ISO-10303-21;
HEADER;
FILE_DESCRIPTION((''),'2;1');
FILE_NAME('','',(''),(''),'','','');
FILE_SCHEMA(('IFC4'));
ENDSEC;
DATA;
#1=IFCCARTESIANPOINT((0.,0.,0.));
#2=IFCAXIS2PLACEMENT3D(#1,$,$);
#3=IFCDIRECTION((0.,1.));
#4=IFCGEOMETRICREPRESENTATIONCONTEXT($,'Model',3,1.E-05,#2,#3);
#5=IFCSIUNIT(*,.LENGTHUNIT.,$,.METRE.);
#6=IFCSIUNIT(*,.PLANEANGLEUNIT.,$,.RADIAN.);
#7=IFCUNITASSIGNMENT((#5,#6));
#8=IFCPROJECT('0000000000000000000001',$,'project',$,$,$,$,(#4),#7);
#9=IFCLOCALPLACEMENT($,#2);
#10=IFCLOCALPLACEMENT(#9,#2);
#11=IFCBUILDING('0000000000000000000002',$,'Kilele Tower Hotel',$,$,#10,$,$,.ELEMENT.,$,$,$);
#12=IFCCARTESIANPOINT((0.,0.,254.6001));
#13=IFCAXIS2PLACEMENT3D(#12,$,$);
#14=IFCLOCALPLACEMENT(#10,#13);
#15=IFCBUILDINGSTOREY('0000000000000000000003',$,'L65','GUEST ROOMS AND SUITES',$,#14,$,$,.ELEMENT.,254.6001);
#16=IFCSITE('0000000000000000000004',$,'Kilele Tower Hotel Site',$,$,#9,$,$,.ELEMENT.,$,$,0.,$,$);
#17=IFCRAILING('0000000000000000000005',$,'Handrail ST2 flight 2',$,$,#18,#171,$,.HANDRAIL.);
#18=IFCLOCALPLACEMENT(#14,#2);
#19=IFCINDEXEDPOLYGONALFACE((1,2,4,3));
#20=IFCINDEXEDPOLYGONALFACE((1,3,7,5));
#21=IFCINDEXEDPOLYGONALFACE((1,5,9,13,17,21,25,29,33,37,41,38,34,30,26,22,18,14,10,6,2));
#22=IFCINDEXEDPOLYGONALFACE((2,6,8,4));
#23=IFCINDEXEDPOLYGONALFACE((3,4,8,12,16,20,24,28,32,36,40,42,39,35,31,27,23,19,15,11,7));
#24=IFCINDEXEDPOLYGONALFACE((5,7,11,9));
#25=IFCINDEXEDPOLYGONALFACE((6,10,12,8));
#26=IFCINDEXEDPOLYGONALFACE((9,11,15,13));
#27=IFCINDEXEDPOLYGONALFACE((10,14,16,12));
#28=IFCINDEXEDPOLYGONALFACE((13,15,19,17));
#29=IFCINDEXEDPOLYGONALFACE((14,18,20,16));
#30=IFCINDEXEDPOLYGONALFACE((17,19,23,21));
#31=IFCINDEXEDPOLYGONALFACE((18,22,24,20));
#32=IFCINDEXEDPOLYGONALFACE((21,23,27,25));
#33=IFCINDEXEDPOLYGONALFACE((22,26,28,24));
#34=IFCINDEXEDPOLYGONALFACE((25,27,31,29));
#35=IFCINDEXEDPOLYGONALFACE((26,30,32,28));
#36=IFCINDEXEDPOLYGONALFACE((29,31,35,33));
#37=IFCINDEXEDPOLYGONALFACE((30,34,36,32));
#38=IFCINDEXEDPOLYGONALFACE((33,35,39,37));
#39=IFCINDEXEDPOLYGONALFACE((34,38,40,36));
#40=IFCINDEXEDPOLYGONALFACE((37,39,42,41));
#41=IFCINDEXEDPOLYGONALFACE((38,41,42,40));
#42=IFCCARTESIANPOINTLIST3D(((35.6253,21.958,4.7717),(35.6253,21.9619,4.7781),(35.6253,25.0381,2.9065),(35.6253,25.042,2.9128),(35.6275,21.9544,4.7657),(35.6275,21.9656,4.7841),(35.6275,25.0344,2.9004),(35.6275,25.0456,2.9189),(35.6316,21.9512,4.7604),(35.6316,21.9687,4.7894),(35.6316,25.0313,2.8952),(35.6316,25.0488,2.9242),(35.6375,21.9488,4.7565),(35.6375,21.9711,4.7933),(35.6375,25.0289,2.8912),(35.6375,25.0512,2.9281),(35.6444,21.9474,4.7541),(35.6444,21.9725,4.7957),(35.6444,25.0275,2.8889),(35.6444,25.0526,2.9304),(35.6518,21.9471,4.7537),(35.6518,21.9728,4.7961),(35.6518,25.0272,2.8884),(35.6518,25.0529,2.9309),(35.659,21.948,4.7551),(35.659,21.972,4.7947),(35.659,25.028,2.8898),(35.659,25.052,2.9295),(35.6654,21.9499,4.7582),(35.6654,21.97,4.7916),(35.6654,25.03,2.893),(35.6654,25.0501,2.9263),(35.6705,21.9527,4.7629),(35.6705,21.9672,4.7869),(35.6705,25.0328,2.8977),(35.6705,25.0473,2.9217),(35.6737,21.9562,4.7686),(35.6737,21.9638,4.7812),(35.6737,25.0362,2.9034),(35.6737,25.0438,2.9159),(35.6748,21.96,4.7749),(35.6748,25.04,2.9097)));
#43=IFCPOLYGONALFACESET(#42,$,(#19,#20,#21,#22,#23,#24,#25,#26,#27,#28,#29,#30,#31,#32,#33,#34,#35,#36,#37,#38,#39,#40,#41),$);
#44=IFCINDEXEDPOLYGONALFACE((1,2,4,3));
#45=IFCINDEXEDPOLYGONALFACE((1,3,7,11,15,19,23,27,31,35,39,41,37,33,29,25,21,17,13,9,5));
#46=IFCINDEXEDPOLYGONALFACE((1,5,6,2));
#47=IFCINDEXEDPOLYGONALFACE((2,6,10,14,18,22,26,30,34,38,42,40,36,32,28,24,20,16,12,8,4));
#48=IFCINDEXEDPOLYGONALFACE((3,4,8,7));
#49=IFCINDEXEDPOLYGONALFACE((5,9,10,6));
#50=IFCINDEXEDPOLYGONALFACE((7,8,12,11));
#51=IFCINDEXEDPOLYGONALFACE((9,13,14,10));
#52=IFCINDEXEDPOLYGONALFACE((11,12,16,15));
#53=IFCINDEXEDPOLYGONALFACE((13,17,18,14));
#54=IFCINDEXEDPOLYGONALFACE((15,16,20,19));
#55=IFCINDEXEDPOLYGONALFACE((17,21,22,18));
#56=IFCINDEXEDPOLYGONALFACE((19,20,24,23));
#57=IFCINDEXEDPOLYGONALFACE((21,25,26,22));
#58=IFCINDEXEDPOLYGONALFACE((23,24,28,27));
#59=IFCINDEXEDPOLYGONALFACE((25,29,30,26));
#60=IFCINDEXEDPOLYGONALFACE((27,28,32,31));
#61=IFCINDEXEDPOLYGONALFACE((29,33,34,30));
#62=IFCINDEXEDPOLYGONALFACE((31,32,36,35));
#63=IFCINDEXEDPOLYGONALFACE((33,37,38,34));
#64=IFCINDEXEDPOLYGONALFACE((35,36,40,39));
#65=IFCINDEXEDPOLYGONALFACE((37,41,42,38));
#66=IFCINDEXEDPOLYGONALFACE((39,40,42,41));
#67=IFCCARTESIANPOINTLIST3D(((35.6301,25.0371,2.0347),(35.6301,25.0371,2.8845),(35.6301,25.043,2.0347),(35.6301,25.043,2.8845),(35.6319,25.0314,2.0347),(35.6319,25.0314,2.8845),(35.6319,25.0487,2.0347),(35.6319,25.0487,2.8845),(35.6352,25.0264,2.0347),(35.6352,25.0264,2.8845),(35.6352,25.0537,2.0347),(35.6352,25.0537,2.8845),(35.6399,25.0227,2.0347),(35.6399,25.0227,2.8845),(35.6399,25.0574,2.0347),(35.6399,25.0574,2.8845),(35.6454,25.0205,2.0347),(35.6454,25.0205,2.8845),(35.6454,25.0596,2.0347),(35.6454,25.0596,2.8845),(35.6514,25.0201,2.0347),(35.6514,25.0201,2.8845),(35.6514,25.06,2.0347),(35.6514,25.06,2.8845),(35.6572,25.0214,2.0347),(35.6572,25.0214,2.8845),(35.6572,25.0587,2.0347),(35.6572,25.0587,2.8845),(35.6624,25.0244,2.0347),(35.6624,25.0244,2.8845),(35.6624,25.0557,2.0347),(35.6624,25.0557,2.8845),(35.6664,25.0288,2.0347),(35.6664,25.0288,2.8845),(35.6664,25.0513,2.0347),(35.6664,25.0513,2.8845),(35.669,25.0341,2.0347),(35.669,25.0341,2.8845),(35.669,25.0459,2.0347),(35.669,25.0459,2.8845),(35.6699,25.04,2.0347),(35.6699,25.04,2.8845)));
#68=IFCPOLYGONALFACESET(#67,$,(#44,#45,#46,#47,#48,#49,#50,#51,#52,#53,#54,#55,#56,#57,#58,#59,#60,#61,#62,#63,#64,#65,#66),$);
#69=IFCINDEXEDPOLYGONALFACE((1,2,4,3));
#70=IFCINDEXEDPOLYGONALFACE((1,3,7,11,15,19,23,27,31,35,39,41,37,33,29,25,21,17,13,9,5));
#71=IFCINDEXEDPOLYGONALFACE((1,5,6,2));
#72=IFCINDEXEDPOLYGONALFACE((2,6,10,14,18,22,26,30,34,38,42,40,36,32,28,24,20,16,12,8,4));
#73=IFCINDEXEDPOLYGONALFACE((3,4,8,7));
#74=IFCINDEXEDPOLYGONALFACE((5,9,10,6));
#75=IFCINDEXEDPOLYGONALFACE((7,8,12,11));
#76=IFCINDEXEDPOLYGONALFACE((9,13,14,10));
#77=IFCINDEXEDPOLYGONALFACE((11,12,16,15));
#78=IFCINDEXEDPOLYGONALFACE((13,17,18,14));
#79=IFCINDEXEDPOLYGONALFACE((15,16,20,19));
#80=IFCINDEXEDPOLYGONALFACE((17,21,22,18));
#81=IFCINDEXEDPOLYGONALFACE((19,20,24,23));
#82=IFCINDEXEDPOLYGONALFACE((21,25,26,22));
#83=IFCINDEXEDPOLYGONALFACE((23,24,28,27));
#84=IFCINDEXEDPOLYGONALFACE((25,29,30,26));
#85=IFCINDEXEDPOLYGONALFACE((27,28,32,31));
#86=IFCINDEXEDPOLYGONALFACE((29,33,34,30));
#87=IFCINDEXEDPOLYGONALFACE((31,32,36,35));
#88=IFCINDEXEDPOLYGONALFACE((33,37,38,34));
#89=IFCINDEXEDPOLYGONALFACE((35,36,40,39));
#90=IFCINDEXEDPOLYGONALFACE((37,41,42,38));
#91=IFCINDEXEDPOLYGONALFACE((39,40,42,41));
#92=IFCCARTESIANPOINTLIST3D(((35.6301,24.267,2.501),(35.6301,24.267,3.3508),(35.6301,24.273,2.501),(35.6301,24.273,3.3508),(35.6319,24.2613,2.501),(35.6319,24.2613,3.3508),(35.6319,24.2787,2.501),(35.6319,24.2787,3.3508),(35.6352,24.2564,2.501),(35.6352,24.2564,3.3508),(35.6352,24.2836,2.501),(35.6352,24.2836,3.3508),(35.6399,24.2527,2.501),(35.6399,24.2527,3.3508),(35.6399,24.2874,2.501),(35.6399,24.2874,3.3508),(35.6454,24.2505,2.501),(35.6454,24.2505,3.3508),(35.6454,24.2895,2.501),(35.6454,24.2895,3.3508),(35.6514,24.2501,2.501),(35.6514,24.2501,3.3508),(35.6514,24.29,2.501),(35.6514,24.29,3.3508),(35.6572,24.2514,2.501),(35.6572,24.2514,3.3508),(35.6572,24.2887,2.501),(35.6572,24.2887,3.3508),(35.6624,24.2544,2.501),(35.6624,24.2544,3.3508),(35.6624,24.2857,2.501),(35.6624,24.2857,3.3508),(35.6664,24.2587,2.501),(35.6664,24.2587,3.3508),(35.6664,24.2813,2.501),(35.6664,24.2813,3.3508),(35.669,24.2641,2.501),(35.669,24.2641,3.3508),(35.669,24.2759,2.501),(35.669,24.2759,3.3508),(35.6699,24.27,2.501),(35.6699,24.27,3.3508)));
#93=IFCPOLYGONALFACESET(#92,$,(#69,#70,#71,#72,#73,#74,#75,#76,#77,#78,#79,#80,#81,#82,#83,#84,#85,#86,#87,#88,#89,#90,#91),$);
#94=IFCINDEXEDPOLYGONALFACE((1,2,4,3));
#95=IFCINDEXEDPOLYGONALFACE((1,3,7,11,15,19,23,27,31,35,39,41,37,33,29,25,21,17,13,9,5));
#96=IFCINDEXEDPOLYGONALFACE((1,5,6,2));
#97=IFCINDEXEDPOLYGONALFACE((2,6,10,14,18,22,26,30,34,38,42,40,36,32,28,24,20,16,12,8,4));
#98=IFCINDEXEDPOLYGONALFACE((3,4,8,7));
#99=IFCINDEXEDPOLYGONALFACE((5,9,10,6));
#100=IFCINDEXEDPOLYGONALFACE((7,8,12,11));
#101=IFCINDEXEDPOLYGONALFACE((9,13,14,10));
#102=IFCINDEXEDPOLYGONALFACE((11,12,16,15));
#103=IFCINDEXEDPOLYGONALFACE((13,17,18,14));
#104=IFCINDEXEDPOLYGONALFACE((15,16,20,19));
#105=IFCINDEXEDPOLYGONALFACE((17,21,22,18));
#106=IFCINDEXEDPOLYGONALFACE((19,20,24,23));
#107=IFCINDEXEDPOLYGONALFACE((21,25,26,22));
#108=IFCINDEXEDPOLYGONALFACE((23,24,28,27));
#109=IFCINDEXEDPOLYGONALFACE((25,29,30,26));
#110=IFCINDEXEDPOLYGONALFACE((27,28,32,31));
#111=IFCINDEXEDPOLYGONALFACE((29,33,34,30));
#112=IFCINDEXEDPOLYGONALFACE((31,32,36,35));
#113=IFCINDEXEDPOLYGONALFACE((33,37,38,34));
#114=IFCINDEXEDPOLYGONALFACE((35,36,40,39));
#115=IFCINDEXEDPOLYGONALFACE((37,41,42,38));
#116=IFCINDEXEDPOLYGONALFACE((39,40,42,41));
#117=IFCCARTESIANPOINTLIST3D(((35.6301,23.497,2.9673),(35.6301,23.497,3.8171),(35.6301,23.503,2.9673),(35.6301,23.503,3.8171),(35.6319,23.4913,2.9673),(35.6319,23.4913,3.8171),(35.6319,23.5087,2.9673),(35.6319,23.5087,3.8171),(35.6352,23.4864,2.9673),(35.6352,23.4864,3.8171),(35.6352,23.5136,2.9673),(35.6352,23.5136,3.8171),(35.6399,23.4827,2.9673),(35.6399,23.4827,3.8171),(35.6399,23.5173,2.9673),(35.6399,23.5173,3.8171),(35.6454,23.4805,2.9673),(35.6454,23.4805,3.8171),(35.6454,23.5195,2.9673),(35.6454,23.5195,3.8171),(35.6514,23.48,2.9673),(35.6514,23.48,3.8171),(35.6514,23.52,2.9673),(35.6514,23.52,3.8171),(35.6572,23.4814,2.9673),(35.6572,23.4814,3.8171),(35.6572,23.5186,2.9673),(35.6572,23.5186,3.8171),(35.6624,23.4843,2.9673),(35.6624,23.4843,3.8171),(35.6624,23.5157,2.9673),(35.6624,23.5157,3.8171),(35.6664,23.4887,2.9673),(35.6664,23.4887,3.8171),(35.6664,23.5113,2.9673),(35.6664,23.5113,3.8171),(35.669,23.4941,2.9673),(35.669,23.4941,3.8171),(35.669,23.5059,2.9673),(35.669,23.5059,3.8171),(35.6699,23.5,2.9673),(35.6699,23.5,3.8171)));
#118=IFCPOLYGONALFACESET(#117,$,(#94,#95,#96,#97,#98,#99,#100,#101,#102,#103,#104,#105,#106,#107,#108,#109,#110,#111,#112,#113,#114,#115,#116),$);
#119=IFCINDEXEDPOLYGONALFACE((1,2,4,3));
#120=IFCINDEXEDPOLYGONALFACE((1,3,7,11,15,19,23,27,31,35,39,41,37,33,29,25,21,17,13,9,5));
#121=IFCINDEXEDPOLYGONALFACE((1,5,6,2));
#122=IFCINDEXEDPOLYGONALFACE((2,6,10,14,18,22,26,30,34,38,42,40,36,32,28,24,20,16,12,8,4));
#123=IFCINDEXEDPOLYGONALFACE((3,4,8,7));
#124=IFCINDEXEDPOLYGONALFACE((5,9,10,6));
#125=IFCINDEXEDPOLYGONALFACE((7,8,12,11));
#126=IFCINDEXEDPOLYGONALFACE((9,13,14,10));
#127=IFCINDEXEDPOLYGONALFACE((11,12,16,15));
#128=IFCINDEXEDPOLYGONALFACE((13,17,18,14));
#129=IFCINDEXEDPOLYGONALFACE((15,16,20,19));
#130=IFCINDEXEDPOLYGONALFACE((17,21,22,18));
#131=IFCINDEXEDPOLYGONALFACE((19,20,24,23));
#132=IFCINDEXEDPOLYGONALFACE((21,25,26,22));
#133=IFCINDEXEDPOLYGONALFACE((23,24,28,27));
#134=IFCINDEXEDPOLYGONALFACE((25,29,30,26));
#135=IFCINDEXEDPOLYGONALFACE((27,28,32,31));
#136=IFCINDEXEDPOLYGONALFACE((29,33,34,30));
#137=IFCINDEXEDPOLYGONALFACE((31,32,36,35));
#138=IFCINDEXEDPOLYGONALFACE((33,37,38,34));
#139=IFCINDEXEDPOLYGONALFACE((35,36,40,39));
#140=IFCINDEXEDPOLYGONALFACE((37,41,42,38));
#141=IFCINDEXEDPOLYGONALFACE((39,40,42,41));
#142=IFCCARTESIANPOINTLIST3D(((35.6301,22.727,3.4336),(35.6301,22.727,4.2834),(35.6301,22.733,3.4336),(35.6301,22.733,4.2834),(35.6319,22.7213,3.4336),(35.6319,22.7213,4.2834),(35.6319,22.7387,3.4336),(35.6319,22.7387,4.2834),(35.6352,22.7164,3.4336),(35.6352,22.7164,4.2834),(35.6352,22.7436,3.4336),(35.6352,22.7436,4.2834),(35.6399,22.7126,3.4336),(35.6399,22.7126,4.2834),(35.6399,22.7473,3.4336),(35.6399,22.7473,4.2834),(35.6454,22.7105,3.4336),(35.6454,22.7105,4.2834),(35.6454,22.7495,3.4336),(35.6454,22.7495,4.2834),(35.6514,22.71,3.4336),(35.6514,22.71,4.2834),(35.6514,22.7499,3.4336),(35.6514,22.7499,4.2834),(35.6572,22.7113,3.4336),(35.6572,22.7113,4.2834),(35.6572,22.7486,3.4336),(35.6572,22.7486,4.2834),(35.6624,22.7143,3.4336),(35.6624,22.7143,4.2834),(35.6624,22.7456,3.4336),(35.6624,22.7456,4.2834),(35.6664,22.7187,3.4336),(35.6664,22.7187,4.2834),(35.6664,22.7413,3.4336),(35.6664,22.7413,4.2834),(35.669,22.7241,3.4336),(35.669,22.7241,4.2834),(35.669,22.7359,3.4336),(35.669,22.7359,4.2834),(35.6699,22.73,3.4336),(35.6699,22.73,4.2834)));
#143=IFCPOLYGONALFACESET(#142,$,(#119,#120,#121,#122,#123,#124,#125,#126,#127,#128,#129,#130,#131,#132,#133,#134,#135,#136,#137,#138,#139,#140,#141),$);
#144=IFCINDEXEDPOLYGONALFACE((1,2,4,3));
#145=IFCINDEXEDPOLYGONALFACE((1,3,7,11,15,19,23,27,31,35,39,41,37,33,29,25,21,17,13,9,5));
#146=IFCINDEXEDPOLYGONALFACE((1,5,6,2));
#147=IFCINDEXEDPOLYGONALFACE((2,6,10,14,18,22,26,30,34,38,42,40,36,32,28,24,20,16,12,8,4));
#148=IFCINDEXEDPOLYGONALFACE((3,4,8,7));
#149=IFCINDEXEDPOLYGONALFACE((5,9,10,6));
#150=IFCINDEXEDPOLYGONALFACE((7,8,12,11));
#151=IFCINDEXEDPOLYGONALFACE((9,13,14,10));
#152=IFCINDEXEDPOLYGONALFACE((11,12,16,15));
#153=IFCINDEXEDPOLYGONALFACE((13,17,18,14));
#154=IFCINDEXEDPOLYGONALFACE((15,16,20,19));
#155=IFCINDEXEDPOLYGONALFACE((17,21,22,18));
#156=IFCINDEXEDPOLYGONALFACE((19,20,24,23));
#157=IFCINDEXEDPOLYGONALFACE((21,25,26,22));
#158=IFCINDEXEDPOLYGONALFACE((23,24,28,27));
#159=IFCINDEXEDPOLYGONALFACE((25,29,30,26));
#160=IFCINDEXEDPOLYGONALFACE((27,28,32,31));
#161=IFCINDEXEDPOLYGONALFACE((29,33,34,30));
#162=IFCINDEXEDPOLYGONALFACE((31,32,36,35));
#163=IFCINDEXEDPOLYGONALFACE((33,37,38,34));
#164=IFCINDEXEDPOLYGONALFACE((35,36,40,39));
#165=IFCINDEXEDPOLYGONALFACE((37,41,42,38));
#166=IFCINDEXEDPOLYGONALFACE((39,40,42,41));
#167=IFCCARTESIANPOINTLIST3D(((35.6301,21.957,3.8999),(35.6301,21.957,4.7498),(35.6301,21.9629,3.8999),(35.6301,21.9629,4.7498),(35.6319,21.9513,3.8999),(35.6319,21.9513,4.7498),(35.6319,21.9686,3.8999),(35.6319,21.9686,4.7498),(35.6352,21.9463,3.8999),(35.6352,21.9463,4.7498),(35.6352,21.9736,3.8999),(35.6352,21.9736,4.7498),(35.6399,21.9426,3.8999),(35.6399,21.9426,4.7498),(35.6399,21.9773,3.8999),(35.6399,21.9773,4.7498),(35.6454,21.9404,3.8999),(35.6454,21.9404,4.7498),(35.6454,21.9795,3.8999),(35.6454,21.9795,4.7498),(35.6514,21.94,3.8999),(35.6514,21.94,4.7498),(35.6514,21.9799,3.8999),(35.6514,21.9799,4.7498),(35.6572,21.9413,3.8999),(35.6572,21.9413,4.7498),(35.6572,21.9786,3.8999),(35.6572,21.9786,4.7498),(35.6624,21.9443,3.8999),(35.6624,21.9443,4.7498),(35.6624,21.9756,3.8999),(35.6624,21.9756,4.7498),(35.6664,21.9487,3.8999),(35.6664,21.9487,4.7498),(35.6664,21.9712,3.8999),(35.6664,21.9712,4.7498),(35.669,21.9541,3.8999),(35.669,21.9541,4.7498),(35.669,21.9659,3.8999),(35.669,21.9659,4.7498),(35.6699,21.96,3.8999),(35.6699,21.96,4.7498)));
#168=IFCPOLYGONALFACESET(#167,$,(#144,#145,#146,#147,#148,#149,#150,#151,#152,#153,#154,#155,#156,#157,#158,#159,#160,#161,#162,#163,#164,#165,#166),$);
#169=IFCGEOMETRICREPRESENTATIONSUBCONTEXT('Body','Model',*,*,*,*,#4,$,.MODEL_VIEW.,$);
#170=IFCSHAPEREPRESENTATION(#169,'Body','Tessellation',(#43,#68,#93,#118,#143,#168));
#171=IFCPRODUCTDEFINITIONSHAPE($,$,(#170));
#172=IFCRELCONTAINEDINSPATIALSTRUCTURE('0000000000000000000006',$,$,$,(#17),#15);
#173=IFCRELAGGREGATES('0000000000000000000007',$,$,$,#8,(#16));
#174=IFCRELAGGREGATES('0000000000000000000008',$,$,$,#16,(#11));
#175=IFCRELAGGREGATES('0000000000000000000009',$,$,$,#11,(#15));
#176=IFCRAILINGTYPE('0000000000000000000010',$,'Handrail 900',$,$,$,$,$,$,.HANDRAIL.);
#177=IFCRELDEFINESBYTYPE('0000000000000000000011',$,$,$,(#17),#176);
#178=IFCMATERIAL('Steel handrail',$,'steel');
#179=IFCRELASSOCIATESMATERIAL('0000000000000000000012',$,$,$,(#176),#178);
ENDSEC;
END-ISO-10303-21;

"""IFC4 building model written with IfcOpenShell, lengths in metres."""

from ifc_helpers import new_model, si_unit, direction, frame, origin, origin_2d, place, context, subcontext, project, spatial, circle, extrude, material, type_object, element, save


model = new_model("IFC4")

# Units and contexts
model_context = context("Model", 3, precision=1e-05, world=origin(), true_north=direction((0.0, 1.0)))
body_context = subcontext(model_context, "Body", "Model", "MODEL_VIEW")
ifc_project = project(units=[si_unit("LENGTHUNIT", "METRE"), si_unit("PLANEANGLEUNIT", "RADIAN")], contexts=[model_context])

# Site, building, storey
site_placement = place(None, origin())
site = spatial("IfcSite", under=ifc_project, at=site_placement, Name="Kilele Tower Hotel Site", CompositionType="ELEMENT", RefElevation=0.0)
building_placement = place(site_placement, origin())
building = spatial("IfcBuilding", under=site, at=building_placement, Name="Kilele Tower Hotel", CompositionType="ELEMENT")
storey_placement = place(building_placement, frame((0.0, 0.0, 254.6001)))
storey = spatial("IfcBuildingStorey", under=building, at=storey_placement, Name="L65", Description="GUEST ROOMS AND SUITES", CompositionType="ELEMENT", Elevation=254.6001)

# Railing
ifc_material_1 = material(Name="Steel handrail", Category="steel")
railing_type_1 = type_object("IfcRailingType", Name="Handrail 900", PredefinedType="HANDRAIL", material=ifc_material_1)
for number, where, name in (
    (1, (35.6499, 25.04, 2.0347), "Handrail ST2 flight 2"),
):
    element("IfcRailing", number, at=place(storey_placement, frame(where)), inside=storey, type_object=railing_type_1, Name=name, PredefinedType="HANDRAIL", context=body_context, shape_type="SweptSolid", body=[
        extrude(circle(Radius=0.0249, at=origin_2d()), frame((0.0, 0.0, 0.875), z_axis=(0.0, -0.85538, 0.518001), x_axis=(1.0, 0.0, 0.0)), (0.0, 0.0, 1.0), 3.6008),
        extrude(circle(Radius=0.02, at=origin_2d()), origin(), (0.0, 0.0, 1.0), 0.8499),
        extrude(circle(Radius=0.02, at=origin_2d()), frame((0.0, -0.77, 0.4663)), (0.0, 0.0, 1.0), 0.8499),
        extrude(circle(Radius=0.02, at=origin_2d()), frame((0.0, -1.54, 0.9326)), (0.0, 0.0, 1.0), 0.8499),
        extrude(circle(Radius=0.02, at=origin_2d()), frame((0.0, -2.3101, 1.3989)), (0.0, 0.0, 1.0), 0.8499),
        extrude(circle(Radius=0.02, at=origin_2d()), frame((0.0, -3.0801, 1.8652)), (0.0, 0.0, 1.0), 0.8499),
    ])

save(model, "model.ifc")
